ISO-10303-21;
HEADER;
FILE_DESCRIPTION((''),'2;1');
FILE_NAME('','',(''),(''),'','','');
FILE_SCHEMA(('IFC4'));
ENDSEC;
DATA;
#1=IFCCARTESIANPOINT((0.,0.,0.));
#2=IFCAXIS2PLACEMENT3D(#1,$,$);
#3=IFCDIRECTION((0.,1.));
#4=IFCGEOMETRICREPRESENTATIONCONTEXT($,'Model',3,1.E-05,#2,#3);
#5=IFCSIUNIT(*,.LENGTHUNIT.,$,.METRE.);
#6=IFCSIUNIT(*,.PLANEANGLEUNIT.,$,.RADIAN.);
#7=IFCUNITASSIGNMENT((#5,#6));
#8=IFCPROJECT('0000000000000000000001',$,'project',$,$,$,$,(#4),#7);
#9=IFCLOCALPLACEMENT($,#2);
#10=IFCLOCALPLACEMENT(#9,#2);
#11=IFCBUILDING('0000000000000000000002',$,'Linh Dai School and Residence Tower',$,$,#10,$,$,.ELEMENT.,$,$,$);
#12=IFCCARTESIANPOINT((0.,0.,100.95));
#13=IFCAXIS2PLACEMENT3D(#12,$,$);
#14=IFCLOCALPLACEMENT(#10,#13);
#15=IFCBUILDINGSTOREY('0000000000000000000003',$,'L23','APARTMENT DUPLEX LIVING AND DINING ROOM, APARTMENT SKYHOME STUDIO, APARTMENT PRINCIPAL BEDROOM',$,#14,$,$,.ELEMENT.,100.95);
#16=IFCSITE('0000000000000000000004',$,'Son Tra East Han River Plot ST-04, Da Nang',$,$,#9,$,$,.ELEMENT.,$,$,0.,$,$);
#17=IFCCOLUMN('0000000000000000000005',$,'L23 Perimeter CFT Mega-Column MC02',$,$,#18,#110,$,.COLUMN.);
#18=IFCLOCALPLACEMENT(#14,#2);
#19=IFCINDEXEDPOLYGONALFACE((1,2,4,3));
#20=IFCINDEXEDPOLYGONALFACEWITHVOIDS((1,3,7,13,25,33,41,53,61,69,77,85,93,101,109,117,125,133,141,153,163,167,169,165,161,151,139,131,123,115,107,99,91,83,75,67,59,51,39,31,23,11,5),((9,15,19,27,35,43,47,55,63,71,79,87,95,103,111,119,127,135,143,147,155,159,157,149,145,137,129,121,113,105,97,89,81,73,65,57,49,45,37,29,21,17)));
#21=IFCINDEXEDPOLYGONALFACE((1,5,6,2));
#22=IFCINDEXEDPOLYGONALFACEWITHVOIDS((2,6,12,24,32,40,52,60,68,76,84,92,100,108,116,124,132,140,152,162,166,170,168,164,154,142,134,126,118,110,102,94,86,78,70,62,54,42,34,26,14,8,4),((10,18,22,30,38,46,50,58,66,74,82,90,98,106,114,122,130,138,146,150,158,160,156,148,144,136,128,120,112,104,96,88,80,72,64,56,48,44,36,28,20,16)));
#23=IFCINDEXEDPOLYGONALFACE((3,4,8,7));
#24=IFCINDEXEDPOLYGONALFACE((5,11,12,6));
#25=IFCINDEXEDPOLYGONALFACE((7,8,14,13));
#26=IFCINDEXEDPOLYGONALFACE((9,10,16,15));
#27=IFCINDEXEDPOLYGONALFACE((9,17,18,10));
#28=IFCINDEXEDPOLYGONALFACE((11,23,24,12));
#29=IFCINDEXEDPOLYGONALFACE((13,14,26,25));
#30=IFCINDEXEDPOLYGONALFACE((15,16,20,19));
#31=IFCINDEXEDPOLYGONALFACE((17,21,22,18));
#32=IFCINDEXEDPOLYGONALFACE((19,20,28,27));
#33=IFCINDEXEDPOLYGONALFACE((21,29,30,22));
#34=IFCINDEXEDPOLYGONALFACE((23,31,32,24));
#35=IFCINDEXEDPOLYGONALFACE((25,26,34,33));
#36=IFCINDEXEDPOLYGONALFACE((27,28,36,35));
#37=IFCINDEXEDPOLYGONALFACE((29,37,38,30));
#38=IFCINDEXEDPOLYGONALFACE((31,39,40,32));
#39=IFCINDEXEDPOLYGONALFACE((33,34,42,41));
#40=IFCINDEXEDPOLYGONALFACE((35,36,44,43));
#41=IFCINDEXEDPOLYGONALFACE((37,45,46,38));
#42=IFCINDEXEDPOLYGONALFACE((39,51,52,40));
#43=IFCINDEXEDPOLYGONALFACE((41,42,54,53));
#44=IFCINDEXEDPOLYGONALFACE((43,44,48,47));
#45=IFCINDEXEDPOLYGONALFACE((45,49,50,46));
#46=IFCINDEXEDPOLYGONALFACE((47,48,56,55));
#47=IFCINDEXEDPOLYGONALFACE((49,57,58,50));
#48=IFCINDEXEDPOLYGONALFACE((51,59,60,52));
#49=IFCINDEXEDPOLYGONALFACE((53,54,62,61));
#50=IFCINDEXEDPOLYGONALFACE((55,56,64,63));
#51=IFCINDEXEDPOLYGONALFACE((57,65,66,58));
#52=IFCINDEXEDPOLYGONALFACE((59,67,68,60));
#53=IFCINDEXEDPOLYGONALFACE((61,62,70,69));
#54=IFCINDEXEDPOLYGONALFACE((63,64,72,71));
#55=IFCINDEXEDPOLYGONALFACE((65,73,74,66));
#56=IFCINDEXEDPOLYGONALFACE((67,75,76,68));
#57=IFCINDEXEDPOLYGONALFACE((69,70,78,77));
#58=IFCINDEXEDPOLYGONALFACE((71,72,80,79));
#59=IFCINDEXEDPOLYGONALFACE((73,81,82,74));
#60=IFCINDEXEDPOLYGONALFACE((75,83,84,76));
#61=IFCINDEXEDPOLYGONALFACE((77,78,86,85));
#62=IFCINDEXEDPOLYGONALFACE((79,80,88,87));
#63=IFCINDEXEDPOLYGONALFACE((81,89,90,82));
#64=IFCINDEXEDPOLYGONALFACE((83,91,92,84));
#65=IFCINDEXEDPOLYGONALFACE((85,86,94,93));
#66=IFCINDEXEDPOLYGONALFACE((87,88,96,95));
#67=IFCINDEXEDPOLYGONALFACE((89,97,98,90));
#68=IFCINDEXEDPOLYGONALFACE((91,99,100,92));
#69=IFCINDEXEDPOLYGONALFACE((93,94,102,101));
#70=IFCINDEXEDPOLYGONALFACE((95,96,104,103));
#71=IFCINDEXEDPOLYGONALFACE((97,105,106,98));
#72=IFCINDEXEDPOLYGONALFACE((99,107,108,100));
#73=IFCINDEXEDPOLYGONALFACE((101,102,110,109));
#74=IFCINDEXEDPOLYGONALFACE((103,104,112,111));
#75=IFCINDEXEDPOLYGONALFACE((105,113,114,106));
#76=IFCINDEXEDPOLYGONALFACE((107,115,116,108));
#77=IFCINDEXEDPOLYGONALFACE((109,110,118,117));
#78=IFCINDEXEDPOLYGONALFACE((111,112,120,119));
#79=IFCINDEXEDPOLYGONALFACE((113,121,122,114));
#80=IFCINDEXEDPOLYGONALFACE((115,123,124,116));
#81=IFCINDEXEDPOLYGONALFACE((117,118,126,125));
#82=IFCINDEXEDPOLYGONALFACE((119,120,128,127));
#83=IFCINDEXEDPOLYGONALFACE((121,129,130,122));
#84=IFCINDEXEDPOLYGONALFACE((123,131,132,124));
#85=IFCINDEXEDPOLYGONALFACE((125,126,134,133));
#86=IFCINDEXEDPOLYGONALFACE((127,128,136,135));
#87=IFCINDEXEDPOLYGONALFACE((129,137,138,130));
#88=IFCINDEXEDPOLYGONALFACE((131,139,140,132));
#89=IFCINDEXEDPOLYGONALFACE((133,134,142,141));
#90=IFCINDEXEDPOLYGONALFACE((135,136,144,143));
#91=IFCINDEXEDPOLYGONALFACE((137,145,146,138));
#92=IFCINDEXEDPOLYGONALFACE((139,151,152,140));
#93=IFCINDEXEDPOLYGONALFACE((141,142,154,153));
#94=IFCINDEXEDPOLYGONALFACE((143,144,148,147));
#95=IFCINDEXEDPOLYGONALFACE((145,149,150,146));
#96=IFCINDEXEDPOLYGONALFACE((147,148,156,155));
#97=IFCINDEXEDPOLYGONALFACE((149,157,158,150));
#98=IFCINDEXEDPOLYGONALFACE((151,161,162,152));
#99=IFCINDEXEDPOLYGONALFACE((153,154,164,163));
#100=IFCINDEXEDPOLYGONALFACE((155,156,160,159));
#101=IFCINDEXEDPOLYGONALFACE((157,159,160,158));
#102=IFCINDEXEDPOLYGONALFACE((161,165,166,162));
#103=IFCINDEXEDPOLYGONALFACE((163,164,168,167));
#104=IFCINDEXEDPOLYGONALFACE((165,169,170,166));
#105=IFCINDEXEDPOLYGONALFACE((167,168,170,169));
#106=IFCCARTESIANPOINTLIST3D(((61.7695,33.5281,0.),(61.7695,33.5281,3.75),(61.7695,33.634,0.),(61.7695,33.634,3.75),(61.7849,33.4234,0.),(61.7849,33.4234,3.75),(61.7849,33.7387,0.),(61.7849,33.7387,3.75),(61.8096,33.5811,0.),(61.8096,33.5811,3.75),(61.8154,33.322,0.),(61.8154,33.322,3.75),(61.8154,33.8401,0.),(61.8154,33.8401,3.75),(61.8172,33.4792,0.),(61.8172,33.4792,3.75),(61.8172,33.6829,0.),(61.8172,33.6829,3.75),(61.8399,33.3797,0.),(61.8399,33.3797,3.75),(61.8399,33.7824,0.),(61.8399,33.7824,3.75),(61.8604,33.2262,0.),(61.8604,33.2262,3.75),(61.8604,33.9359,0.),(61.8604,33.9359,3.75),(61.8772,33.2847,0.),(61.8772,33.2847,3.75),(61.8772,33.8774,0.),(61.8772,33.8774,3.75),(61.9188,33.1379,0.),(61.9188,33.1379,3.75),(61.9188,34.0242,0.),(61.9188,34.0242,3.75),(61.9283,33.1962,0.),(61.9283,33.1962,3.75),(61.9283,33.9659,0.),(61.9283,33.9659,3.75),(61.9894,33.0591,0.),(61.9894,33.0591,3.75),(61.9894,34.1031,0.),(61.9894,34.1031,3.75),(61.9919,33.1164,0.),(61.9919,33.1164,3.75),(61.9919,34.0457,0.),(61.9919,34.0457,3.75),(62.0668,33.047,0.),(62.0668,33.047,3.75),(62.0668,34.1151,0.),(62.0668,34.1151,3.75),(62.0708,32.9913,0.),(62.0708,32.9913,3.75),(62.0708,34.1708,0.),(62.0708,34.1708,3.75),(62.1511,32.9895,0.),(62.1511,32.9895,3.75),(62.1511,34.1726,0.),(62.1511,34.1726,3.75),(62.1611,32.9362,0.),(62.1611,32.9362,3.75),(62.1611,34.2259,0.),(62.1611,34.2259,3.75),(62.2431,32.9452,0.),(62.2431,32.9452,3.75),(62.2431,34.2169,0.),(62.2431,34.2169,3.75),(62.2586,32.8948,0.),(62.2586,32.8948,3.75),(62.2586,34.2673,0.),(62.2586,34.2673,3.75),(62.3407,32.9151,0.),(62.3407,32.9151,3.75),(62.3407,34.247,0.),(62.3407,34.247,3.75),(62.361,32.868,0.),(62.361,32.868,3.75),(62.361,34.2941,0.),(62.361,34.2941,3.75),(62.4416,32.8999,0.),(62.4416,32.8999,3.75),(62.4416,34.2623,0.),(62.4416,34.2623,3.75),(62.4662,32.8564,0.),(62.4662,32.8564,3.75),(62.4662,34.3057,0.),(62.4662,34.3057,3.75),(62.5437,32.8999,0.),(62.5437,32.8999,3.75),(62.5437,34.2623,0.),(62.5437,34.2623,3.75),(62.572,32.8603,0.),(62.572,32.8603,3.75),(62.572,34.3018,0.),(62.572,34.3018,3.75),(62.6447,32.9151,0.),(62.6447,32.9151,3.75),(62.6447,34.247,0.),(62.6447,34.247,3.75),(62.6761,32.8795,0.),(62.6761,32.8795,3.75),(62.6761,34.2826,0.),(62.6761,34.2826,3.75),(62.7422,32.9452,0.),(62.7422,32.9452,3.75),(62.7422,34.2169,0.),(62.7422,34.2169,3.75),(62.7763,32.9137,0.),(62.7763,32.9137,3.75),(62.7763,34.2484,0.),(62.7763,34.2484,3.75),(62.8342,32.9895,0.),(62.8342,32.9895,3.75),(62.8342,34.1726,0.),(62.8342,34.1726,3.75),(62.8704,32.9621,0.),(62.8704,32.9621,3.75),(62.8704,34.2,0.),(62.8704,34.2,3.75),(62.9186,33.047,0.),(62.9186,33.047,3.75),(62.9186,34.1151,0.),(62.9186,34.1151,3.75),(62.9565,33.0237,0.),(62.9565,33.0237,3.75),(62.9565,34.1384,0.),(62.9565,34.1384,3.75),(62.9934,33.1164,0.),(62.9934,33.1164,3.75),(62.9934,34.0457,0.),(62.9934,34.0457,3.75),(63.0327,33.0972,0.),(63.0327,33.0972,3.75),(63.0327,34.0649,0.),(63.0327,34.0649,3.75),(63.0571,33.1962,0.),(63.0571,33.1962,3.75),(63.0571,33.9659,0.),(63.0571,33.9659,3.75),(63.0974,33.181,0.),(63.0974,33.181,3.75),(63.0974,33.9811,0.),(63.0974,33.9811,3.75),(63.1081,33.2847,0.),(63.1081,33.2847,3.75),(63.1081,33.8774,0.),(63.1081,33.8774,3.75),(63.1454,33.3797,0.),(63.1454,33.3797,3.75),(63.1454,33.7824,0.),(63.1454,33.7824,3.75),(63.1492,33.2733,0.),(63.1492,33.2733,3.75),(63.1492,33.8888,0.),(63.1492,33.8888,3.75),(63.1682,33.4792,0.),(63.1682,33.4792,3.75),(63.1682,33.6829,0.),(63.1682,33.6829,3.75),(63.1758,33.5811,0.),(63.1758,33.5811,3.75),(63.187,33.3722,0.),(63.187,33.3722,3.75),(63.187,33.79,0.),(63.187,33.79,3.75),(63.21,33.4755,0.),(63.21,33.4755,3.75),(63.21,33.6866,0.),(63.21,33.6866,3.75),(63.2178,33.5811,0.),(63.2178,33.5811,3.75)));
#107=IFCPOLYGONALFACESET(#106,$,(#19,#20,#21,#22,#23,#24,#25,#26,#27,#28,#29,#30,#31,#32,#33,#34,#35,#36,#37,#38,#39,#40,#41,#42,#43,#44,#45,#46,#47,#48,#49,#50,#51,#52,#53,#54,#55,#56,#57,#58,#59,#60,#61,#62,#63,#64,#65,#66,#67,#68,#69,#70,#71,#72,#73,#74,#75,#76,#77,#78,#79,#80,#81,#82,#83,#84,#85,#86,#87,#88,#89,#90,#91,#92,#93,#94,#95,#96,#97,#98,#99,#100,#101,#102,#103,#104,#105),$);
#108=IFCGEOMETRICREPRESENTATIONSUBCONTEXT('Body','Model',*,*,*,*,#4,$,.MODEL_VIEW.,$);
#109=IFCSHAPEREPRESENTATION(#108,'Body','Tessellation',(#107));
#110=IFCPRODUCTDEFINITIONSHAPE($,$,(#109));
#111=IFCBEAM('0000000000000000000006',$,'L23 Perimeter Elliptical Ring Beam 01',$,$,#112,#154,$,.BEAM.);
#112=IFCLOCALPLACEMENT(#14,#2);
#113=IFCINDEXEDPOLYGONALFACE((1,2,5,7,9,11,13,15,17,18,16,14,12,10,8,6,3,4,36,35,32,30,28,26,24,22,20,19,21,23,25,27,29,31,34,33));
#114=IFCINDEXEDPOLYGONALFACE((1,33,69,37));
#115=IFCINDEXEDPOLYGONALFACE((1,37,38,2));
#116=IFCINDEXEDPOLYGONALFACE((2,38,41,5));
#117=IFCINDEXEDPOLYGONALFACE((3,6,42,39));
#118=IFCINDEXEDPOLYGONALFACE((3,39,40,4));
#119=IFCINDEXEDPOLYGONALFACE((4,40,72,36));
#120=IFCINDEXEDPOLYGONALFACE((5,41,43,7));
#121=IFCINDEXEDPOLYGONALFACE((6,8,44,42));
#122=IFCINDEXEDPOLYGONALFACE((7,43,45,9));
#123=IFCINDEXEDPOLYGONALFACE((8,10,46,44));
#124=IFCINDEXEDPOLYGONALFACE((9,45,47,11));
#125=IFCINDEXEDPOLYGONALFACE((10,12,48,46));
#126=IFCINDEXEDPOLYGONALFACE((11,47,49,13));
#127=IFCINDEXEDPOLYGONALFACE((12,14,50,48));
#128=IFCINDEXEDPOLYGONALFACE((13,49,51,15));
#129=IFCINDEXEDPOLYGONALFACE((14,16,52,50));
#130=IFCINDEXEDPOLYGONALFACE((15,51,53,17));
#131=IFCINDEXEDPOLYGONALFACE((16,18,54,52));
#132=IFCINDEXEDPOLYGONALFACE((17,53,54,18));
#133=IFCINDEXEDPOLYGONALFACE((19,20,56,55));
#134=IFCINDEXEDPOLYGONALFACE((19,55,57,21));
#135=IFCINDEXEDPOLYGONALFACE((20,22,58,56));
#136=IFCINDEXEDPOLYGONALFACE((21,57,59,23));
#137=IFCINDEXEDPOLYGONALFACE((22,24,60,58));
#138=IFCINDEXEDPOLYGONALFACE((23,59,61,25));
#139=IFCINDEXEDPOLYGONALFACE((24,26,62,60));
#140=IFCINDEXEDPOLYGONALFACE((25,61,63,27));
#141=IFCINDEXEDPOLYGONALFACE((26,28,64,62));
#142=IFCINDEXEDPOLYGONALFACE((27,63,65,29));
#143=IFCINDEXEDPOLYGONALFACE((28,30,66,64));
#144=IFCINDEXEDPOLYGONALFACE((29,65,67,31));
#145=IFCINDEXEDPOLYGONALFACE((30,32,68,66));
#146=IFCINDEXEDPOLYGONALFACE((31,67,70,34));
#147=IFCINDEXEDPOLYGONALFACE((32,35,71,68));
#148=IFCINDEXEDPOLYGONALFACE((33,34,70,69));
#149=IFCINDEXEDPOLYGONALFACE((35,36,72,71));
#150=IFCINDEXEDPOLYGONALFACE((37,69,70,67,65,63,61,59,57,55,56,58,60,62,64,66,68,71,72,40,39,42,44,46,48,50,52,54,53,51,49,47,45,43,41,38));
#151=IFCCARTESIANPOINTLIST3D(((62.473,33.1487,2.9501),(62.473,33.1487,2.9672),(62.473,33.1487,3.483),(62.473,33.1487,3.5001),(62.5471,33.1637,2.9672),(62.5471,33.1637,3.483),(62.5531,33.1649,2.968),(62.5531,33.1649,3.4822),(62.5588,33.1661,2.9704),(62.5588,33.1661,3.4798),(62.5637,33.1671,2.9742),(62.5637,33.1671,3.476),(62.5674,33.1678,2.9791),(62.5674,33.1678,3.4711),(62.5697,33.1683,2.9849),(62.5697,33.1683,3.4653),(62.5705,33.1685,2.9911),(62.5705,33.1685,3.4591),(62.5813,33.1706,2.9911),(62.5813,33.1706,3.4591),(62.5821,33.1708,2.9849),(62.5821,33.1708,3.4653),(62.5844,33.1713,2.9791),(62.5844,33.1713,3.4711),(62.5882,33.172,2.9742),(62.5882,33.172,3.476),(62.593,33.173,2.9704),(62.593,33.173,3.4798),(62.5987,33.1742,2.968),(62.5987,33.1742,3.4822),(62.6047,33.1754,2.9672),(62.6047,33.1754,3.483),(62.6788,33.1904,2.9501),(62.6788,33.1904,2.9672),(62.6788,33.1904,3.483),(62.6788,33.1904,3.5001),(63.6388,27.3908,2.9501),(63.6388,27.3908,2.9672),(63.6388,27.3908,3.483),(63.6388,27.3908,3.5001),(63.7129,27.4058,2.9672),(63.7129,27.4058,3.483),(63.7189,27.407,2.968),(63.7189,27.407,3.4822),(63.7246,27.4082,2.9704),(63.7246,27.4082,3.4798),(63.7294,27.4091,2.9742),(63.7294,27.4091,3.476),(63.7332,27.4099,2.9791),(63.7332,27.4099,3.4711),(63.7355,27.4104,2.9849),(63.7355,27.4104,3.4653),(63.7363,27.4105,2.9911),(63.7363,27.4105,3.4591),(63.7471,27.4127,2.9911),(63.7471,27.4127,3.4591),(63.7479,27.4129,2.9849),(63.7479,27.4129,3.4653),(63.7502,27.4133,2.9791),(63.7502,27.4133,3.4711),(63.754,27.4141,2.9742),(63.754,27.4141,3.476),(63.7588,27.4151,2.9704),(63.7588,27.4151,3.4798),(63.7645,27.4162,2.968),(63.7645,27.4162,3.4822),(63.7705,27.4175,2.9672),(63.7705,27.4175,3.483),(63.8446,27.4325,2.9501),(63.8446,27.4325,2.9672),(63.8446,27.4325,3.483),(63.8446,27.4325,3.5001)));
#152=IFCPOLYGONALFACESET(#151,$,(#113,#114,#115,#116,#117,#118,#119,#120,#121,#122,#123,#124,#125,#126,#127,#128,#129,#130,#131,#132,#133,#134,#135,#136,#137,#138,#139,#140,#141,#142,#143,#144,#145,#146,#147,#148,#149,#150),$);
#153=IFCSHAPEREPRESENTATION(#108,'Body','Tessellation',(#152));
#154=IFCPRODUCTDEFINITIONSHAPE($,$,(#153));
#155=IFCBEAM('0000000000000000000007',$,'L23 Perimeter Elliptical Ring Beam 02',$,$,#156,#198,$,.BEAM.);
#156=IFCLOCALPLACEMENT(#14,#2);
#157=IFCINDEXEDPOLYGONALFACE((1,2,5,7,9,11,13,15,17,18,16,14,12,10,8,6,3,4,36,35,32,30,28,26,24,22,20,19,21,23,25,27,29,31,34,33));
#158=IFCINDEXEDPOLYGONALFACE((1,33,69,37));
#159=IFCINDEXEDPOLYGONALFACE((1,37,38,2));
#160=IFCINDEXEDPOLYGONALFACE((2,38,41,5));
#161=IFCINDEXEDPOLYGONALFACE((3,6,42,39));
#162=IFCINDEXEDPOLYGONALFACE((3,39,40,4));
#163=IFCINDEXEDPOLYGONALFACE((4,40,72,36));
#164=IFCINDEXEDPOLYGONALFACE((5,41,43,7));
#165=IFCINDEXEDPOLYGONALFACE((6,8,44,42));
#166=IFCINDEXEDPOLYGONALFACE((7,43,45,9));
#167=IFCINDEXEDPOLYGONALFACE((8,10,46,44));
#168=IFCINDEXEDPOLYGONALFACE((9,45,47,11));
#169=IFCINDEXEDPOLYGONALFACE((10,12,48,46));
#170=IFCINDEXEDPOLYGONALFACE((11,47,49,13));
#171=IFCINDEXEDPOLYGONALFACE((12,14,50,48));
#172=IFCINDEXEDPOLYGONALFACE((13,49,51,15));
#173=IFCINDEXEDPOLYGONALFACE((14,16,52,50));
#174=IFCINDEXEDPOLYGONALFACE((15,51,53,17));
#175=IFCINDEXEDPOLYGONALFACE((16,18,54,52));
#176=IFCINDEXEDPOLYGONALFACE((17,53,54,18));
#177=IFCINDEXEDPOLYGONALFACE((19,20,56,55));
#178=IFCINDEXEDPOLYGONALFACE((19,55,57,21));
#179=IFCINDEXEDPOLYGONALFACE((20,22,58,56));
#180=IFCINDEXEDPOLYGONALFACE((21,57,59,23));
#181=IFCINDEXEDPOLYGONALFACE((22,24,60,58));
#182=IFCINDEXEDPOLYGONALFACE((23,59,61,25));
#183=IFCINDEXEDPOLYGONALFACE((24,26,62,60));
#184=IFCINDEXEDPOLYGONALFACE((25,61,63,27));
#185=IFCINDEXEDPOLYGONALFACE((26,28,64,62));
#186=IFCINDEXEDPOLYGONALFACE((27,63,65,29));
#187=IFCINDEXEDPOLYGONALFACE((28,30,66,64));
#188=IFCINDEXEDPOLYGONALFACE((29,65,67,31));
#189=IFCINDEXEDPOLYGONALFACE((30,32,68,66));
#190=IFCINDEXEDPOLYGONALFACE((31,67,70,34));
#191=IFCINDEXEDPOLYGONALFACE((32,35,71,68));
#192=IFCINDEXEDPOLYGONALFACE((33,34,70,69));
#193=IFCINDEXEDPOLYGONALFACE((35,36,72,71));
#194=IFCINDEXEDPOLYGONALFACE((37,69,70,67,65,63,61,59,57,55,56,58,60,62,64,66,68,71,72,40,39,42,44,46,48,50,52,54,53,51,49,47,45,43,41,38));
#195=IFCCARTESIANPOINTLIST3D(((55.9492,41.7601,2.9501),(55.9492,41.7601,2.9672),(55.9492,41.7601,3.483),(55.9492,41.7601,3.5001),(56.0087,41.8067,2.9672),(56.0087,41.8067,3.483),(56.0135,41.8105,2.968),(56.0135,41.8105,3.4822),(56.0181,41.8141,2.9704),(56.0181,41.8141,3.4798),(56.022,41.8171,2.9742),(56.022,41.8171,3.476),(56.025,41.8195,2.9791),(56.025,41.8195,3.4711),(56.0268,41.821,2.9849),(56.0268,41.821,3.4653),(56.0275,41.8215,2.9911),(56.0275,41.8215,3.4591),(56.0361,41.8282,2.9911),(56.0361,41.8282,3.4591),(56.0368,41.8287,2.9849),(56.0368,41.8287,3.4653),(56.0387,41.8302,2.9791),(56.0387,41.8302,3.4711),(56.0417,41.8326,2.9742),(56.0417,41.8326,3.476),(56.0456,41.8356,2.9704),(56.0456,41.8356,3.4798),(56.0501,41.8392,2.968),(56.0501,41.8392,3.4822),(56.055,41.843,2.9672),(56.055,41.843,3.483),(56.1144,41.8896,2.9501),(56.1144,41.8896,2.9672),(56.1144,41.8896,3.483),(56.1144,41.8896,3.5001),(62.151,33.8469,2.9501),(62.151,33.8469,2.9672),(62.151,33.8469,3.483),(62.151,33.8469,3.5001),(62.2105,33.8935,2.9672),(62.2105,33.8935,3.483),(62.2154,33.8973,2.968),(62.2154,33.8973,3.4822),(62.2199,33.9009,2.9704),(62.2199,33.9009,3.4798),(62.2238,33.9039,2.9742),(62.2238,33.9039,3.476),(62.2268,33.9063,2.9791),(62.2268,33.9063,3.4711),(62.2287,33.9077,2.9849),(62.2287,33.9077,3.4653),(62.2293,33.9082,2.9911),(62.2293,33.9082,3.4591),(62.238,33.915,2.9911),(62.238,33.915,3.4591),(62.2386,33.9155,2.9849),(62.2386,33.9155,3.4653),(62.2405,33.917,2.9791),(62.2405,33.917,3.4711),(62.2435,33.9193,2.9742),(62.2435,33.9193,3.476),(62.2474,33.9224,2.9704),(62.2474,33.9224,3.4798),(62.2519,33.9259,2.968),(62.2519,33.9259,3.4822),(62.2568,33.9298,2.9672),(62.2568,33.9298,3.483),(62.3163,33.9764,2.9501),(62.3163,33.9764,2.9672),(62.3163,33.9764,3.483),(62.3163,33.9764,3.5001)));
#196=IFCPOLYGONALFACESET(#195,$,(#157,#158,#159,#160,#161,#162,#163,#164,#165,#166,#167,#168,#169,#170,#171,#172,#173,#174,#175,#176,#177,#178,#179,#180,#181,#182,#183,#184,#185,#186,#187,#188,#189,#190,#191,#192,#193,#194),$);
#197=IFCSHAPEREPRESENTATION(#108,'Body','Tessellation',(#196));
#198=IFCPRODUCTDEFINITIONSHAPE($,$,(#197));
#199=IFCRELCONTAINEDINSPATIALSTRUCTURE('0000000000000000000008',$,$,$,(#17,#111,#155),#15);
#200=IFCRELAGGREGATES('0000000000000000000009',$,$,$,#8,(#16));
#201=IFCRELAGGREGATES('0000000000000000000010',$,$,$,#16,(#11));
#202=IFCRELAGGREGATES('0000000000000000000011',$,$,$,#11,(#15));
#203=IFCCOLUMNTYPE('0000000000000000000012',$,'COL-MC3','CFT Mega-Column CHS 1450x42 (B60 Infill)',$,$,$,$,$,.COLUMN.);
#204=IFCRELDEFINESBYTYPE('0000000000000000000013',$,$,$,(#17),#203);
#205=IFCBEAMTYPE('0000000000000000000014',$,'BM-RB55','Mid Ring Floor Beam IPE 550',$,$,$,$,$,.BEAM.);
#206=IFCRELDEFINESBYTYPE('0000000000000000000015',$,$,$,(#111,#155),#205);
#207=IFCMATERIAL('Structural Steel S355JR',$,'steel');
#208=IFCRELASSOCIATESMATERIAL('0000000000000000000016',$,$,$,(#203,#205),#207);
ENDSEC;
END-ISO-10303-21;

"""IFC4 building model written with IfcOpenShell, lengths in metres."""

from ifc_helpers import new_model, si_unit, direction, frame, origin, origin_2d, place, context, subcontext, project, spatial, hollow_circle, i_section, extrude, material, material_profile, profile_set, type_object, element, save


model = new_model("IFC4")

# Units and contexts
model_context = context("Model", 3, precision=1e-05, world=origin(), true_north=direction((0.0, 1.0)))
body_context = subcontext(model_context, "Body", "Model", "MODEL_VIEW")
ifc_project = project(units=[si_unit("LENGTHUNIT", "METRE"), si_unit("PLANEANGLEUNIT", "RADIAN")], contexts=[model_context])

# Site, building, storey
site_placement = place(None, origin())
site = spatial("IfcSite", under=ifc_project, at=site_placement, Name="Son Tra East Han River Plot ST-04, Da Nang", CompositionType="ELEMENT", RefElevation=0.0)
building_placement = place(site_placement, origin())
building = spatial("IfcBuilding", under=site, at=building_placement, Name="Linh Dai School and Residence Tower", CompositionType="ELEMENT")
storey_placement = place(building_placement, frame((0.0, 0.0, 100.95)))
storey = spatial("IfcBuildingStorey", under=building, at=storey_placement, Name="L23", Description="APARTMENT DUPLEX LIVING AND DINING ROOM, APARTMENT SKYHOME STUDIO, APARTMENT PRINCIPAL BEDROOM", CompositionType="ELEMENT", Elevation=100.95)

# Column
ifc_material_1 = material(Name="Structural Steel S355JR", Category="steel")
ifc_material_profile_1 = material_profile(ifc_material_1, hollow_circle(Radius=0.7251, WallThickness=0.042, at=origin_2d()), Name="CHS 1450x42")
ifc_profile_set_1 = profile_set([ifc_material_profile_1], Name="Structural Steel S355JR")
column_type_1 = type_object("IfcColumnType", Name="COL-MC3", Description="CFT Mega-Column CHS 1450x42 (B60 Infill)", PredefinedType="COLUMN", material=ifc_profile_set_1)
for number, where, z_axis, x_axis, name in (
    (1, (62.4927, 33.5811, 0.0), (0.0, 0.0, 1.0), (1.0, 0.0, 0.0), "L23 Perimeter CFT Mega-Column MC02"),
):
    element("IfcColumn", number, at=place(storey_placement, frame(where, z_axis=z_axis, x_axis=x_axis)), inside=storey, type_object=column_type_1, Name=name, PredefinedType="COLUMN", context=body_context, shape_type="SweptSolid", body=[
        extrude(hollow_circle(Radius=0.7251, WallThickness=0.042, at=origin_2d()), origin(), (0.0, 0.0, 1.0), 3.75),
    ])

# Beams
ifc_material_profile_2 = material_profile(ifc_material_1, i_section(OverallWidth=0.21, OverallDepth=0.55, WebThickness=0.011, FlangeThickness=0.0171, FilletRadius=0.0239, at=origin_2d()), Name="IPE 550")
ifc_profile_set_2 = profile_set([ifc_material_profile_2], Name="Structural Steel S355JR")
beam_type_1 = type_object("IfcBeamType", Name="BM-RB55", Description="Mid Ring Floor Beam IPE 550", PredefinedType="BEAM", material=ifc_profile_set_2)
beam_1_placement = place(storey_placement, frame((63.7417, 27.4116, 3.2251), z_axis=(-0.198441, 0.980113, 0.0), x_axis=(-0.980113, -0.198441, 0.0)))
element("IfcBeam", 2, at=beam_1_placement, inside=storey, type_object=beam_type_1, Name="L23 Perimeter Elliptical Ring Beam 01", PredefinedType="BEAM", context=body_context, shape_type="SweptSolid", body=[
    extrude(i_section(OverallWidth=0.21, OverallDepth=0.55, WebThickness=0.011, FlangeThickness=0.0171, FilletRadius=0.0239, at=origin_2d()), origin(), (0.0, 0.0, 1.0), 5.8748),
])
beam_2_placement = place(storey_placement, frame((62.2336, 33.9116, 3.2251), z_axis=(-0.616855, 0.787077, 0.0), x_axis=(-0.787077, -0.616855, 0.0)))
element("IfcBeam", 3, at=beam_2_placement, inside=storey, type_object=beam_type_1, Name="L23 Perimeter Elliptical Ring Beam 02", PredefinedType="BEAM", context=body_context, shape_type="SweptSolid", body=[
    extrude(i_section(OverallWidth=0.21, OverallDepth=0.55, WebThickness=0.011, FlangeThickness=0.0171, FilletRadius=0.0239, at=origin_2d()), origin(), (0.0, 0.0, 1.0), 10.054),
])

save(model, "model.ifc")
